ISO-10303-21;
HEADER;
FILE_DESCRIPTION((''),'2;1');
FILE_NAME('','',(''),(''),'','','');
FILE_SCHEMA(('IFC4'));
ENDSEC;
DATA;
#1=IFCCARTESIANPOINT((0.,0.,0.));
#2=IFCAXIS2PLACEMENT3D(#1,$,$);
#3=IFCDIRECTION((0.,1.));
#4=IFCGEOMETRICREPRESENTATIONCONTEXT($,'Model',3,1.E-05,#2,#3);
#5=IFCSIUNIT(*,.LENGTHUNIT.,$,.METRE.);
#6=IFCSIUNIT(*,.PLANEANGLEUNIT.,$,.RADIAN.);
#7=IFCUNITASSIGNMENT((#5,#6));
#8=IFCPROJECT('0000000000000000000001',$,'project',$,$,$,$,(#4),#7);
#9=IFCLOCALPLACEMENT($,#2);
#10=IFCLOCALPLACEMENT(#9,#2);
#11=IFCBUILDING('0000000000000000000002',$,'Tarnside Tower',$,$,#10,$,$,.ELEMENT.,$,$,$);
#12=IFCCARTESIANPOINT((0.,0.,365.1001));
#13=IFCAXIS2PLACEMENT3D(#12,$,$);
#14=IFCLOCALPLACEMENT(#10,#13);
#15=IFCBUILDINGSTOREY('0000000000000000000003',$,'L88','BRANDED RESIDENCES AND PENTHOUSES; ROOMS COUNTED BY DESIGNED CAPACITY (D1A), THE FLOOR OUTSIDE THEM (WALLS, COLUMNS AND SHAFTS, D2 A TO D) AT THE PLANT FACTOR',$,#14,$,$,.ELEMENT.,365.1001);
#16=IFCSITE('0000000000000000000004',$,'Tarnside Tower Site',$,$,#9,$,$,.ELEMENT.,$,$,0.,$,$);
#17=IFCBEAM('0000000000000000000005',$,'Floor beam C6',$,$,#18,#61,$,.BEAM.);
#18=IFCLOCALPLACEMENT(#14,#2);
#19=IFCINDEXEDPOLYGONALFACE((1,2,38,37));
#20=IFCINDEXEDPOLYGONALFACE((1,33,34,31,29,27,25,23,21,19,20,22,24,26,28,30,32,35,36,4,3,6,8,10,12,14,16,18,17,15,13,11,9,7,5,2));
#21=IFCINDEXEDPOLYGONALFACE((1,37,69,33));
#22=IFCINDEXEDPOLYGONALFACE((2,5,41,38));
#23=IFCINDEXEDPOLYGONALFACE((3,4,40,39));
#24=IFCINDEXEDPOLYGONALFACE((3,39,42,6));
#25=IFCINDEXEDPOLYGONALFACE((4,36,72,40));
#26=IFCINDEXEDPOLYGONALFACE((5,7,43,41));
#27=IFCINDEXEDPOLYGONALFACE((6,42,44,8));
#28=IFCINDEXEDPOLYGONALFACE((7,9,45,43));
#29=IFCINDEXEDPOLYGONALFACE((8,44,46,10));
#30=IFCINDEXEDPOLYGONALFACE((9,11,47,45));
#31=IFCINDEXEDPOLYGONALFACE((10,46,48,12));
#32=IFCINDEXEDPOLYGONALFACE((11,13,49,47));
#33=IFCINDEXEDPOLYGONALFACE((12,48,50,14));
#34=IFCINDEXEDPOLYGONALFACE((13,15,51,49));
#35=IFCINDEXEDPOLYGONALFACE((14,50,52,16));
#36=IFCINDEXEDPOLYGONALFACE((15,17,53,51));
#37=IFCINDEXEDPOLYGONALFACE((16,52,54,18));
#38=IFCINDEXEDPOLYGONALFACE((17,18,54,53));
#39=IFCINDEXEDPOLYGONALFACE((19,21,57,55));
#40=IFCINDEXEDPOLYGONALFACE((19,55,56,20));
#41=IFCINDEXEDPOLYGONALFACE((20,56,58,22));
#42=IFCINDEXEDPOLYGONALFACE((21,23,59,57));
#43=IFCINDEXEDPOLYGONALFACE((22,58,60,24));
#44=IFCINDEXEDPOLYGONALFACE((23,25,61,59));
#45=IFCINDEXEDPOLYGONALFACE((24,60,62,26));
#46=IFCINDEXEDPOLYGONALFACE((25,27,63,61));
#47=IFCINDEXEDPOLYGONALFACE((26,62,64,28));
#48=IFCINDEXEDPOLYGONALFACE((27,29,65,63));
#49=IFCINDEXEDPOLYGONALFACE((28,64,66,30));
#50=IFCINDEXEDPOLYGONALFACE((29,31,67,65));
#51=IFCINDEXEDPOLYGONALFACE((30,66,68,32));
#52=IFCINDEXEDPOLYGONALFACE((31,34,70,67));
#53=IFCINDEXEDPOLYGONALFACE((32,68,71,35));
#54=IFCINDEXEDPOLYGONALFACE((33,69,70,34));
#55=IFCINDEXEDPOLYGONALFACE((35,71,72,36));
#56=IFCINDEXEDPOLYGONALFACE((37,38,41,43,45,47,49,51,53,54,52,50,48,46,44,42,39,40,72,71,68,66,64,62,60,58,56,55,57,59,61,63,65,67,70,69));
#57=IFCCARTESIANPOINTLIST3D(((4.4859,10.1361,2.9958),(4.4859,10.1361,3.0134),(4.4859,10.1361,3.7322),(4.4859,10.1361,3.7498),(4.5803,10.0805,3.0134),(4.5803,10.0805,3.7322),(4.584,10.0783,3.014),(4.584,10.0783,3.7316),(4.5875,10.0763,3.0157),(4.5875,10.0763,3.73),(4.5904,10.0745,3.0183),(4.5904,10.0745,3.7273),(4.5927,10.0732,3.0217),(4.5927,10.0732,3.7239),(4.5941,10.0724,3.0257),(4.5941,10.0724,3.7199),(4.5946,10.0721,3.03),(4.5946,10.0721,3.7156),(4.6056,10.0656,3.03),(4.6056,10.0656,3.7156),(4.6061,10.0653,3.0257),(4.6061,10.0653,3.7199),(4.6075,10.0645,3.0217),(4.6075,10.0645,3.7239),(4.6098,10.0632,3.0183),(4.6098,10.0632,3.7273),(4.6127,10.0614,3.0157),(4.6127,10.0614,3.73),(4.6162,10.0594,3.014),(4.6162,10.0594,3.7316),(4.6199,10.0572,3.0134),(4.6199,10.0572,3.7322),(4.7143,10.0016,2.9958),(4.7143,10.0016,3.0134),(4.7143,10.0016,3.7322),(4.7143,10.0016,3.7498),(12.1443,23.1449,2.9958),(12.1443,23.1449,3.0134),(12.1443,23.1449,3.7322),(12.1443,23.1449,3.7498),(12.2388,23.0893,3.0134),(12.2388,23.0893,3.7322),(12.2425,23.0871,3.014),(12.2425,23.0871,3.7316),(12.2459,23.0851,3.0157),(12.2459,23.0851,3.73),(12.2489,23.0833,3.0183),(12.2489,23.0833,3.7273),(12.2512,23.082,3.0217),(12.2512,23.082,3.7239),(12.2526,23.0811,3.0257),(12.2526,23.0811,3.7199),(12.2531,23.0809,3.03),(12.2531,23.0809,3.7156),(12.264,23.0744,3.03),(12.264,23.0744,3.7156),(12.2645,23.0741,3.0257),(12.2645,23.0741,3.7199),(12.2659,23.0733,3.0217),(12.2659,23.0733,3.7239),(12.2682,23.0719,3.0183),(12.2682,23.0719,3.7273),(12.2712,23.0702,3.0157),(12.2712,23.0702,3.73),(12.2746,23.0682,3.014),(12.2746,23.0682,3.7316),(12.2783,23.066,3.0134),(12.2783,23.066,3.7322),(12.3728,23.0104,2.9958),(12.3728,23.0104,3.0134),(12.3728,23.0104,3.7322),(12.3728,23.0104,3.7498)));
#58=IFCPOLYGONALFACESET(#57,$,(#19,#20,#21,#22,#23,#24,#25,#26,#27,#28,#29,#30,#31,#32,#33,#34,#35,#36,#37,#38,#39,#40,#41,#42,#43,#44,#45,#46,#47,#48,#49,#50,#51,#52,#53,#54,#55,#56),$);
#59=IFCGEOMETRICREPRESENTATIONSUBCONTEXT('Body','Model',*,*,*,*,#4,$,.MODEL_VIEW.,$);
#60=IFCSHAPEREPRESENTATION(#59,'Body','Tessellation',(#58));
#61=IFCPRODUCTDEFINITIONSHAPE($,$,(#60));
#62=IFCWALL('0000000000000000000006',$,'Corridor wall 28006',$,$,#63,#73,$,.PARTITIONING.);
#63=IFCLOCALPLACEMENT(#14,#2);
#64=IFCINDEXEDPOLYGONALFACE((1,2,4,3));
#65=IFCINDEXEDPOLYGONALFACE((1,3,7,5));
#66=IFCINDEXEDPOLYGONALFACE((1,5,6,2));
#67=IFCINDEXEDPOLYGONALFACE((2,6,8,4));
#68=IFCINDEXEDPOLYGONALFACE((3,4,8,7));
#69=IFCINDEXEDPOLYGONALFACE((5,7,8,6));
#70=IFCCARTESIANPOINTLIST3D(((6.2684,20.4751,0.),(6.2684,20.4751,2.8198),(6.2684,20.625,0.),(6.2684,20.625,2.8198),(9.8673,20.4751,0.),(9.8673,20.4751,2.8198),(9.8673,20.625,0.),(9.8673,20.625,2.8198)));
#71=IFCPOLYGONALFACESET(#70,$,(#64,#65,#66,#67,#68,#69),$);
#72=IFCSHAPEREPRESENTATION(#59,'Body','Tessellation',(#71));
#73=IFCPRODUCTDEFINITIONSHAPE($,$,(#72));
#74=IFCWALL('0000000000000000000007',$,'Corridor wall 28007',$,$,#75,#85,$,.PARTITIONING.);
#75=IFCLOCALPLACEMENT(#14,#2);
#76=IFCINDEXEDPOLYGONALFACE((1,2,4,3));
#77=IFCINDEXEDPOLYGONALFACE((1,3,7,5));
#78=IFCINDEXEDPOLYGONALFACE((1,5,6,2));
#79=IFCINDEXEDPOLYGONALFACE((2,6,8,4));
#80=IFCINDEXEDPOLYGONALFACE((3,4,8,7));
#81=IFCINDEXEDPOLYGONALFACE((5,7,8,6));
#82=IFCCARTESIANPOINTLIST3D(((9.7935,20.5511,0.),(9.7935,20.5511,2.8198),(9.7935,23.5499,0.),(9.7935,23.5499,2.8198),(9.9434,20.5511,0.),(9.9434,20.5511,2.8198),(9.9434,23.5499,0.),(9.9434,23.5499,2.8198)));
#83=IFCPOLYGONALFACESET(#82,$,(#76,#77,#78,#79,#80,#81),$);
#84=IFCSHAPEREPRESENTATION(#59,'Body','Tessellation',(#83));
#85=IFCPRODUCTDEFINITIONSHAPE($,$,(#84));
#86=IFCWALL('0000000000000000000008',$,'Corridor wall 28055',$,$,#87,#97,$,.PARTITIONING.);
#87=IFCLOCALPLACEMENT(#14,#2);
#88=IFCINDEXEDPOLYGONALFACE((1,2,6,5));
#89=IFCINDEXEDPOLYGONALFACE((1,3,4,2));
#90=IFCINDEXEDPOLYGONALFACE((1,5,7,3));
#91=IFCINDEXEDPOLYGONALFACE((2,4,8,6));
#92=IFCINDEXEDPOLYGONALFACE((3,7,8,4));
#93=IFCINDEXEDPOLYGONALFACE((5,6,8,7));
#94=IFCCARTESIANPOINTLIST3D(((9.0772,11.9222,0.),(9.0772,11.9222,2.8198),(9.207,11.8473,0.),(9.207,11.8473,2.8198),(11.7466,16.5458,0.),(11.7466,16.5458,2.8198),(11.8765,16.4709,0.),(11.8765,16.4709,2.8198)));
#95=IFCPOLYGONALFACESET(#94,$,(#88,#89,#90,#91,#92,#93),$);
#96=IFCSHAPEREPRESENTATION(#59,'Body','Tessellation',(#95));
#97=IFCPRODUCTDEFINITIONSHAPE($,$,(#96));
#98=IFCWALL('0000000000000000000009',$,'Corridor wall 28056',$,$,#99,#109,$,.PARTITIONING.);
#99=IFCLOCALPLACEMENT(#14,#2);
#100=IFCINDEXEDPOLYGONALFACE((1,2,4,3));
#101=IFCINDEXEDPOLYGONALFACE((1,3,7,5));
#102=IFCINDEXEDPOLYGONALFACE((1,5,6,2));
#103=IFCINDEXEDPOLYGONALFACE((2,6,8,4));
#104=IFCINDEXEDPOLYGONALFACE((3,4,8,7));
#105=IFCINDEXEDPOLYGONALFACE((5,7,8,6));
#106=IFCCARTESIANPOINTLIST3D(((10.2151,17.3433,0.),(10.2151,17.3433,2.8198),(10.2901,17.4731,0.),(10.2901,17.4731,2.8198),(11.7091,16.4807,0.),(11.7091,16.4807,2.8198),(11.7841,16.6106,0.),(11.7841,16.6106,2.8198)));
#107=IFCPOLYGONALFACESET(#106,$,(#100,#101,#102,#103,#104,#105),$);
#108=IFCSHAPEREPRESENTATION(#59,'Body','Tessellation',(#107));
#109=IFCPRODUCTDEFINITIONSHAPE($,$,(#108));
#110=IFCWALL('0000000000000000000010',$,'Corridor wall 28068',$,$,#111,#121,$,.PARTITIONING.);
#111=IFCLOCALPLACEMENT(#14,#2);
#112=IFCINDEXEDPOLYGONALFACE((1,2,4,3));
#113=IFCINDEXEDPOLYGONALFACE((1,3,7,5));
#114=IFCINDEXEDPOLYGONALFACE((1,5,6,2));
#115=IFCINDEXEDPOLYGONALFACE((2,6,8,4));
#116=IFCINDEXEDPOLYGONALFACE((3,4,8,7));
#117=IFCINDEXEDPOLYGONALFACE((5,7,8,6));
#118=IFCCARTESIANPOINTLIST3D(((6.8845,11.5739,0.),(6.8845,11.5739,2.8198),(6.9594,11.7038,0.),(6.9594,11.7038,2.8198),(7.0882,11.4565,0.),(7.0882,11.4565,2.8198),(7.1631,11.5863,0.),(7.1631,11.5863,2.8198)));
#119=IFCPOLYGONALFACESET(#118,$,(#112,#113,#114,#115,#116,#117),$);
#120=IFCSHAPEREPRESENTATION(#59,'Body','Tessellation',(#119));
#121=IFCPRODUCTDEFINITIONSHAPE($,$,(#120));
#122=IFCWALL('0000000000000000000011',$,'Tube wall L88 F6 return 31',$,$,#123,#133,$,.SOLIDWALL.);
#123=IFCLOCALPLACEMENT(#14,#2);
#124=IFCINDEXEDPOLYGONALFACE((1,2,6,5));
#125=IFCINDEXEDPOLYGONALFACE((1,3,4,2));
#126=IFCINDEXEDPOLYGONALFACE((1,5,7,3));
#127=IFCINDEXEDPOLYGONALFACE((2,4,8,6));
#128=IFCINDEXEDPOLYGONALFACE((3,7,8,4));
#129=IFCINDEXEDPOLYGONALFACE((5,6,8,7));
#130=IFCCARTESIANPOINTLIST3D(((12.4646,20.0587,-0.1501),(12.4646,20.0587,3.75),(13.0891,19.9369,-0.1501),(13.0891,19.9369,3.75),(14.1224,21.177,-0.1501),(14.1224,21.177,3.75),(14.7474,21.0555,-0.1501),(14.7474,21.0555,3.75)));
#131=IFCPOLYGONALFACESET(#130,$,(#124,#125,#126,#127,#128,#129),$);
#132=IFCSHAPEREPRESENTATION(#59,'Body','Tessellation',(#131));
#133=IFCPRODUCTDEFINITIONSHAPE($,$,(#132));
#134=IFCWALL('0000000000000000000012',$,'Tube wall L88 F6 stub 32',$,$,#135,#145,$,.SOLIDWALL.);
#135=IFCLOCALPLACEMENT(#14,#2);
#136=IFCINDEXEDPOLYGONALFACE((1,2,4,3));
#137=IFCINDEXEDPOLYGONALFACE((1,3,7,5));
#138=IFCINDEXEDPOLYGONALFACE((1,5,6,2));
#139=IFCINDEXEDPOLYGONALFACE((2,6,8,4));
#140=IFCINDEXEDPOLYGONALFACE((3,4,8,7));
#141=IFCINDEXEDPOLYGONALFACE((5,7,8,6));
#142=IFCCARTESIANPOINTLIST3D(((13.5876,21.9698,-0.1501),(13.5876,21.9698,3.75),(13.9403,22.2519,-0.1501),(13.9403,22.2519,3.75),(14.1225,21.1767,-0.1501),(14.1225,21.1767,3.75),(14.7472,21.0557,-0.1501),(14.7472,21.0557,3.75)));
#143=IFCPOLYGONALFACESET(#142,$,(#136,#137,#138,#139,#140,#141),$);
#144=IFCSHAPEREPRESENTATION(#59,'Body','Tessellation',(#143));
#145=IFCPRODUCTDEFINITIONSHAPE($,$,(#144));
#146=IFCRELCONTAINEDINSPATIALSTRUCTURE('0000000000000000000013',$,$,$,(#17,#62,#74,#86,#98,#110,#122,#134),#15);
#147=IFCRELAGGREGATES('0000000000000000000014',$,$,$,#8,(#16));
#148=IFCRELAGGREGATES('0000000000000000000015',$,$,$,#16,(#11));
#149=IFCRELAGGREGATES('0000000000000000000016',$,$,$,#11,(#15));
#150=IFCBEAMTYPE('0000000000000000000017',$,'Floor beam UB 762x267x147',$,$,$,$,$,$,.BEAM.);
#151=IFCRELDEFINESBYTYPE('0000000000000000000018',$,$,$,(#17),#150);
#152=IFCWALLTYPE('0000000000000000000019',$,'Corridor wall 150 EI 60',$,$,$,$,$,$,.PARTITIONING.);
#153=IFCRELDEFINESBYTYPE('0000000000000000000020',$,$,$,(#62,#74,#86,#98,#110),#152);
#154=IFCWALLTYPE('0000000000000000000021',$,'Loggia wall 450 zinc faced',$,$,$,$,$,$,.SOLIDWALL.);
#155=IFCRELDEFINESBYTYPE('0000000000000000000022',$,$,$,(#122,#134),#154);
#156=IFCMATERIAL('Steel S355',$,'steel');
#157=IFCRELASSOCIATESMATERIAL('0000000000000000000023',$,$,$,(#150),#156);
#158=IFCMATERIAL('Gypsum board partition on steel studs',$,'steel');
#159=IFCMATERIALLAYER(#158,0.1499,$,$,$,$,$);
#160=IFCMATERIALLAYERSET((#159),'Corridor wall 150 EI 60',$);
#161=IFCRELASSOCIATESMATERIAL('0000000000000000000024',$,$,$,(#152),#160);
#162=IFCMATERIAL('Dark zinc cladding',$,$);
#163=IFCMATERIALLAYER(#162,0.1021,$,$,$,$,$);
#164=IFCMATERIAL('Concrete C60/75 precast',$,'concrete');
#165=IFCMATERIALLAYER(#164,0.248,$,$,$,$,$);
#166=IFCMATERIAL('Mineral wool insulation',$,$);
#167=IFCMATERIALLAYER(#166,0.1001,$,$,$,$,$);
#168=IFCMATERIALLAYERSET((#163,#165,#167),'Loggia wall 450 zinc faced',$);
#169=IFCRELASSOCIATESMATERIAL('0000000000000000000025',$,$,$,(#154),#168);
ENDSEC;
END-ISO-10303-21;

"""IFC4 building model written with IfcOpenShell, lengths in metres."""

from ifc_helpers import new_model, si_unit, direction, frame, frame_2d, origin, origin_2d, place, context, subcontext, project, spatial, polyline, rectangle, i_section, outline, extrude, material, layer, layer_set, material_profile, profile_set, type_object, element, save


model = new_model("IFC4")

# Units and contexts
model_context = context("Model", 3, precision=1e-05, world=origin(), true_north=direction((0.0, 1.0)))
body_context = subcontext(model_context, "Body", "Model", "MODEL_VIEW")
ifc_project = project(units=[si_unit("LENGTHUNIT", "METRE"), si_unit("PLANEANGLEUNIT", "RADIAN")], contexts=[model_context])

# Site, building, storey
site_placement = place(None, origin())
site = spatial("IfcSite", under=ifc_project, at=site_placement, Name="Tarnside Tower Site", CompositionType="ELEMENT", RefElevation=0.0)
building_placement = place(site_placement, origin())
building = spatial("IfcBuilding", under=site, at=building_placement, Name="Tarnside Tower", CompositionType="ELEMENT")
storey_placement = place(building_placement, frame((0.0, 0.0, 365.1001)))
storey = spatial("IfcBuildingStorey", under=building, at=storey_placement, Name="L88", Description="BRANDED RESIDENCES AND PENTHOUSES; ROOMS COUNTED BY DESIGNED CAPACITY (D1A), THE FLOOR OUTSIDE THEM (WALLS, COLUMNS AND SHAFTS, D2 A TO D) AT THE PLANT FACTOR", CompositionType="ELEMENT", Elevation=365.1001)

# Beam
ifc_material_1 = material(Name="Steel S355", Category="steel")
ifc_material_profile_1 = material_profile(ifc_material_1, i_section(OverallWidth=0.2651, OverallDepth=0.7539, WebThickness=0.0127, FlangeThickness=0.0176, FilletRadius=0.0166, at=origin_2d()), Name="UB 762x267x147")
ifc_profile_set_1 = profile_set([ifc_material_profile_1], Name="Steel S355")
beam_type_1 = type_object("IfcBeamType", Name="Floor beam UB 762x267x147", PredefinedType="BEAM", material=ifc_profile_set_1)
beam_1_placement = place(storey_placement, frame((12.2585, 23.0776, 3.3728), z_axis=(-0.507326, -0.861754, 0.0), x_axis=(0.861754, -0.507326, 0.0)))
element("IfcBeam", 1, at=beam_1_placement, inside=storey, type_object=beam_type_1, Name="Floor beam C6", PredefinedType="BEAM", context=body_context, shape_type="SweptSolid", body=[
    extrude(i_section(OverallWidth=0.2651, OverallDepth=0.7539, WebThickness=0.0127, FlangeThickness=0.0176, FilletRadius=0.0166, at=origin_2d()), origin(), (0.0, 0.0, 1.0), 15.0957),
])

# Walls
ifc_material_2 = material(Name="Gypsum board partition on steel studs", Category="steel")
ifc_layer_1 = layer(ifc_material_2, 0.1499)
ifc_layer_set_1 = layer_set([ifc_layer_1], Name="Corridor wall 150 EI 60")
wall_type_1 = type_object("IfcWallType", Name="Corridor wall 150 EI 60", PredefinedType="PARTITIONING", material=ifc_layer_set_1)
wall_1_placement = place(storey_placement, frame((9.8672, 20.55, 0.0), z_axis=(0.0, 0.0, 1.0), x_axis=(-1.0, 0.0, 0.0)))
element("IfcWall", 2, at=wall_1_placement, inside=storey, type_object=wall_type_1, Name="Corridor wall 28006", PredefinedType="PARTITIONING", context=body_context, shape_type="SweptSolid", body=[
    extrude(rectangle(XDim=3.5989, YDim=0.1499, at=frame_2d((1.7993, 0.0))), origin(), (0.0, 0.0, 1.0), 2.8198),
])
wall_2_placement = place(storey_placement, frame((9.8684, 23.55, 0.0), z_axis=(0.0, 0.0, 1.0), x_axis=(0.0, -1.0, 0.0)))
element("IfcWall", 3, at=wall_2_placement, inside=storey, type_object=wall_type_1, Name="Corridor wall 28007", PredefinedType="PARTITIONING", context=body_context, shape_type="SweptSolid", body=[
    extrude(rectangle(XDim=2.9988, YDim=0.1499, at=frame_2d((1.4995, 0.0))), origin(), (0.0, 0.0, 1.0), 2.8198),
])
wall_3_placement = place(storey_placement, frame((9.1421, 11.8848, 0.0), z_axis=(0.0, 0.0, 1.0), x_axis=(0.500005, 0.866023, 0.0)))
element("IfcWall", 4, at=wall_3_placement, inside=storey, type_object=wall_type_1, Name="Corridor wall 28055", PredefinedType="PARTITIONING", context=body_context, shape_type="SweptSolid", body=[
    extrude(rectangle(XDim=5.3389, YDim=0.1499, at=frame_2d((2.6694, 0.0))), origin(), (0.0, 0.0, 1.0), 2.8198),
])
wall_4_placement = place(storey_placement, frame((11.7466, 16.5457, 0.0), z_axis=(0.0, 0.0, 1.0), x_axis=(-0.866014, 0.500021, 0.0)))
element("IfcWall", 5, at=wall_4_placement, inside=storey, type_object=wall_type_1, Name="Corridor wall 28056", PredefinedType="PARTITIONING", context=body_context, shape_type="SweptSolid", body=[
    extrude(rectangle(XDim=1.7251, YDim=0.1499, at=frame_2d((0.8625, 0.0))), origin(), (0.0, 0.0, 1.0), 2.8198),
])
wall_5_placement = place(storey_placement, frame((6.9219, 11.6389, 0.0), z_axis=(0.0, 0.0, 1.0), x_axis=(0.866255, -0.499603, 0.0)))
element("IfcWall", 6, at=wall_5_placement, inside=storey, type_object=wall_type_1, Name="Corridor wall 28068", PredefinedType="PARTITIONING", context=body_context, shape_type="SweptSolid", body=[
    extrude(rectangle(XDim=0.2351, YDim=0.1499, at=frame_2d((0.1177, 0.0))), origin(), (0.0, 0.0, 1.0), 2.8198),
])
ifc_material_3 = material(Name="Dark zinc cladding")
ifc_layer_2 = layer(ifc_material_3, 0.1021)
ifc_material_4 = material(Name="Concrete C60/75 precast", Category="concrete")
ifc_layer_3 = layer(ifc_material_4, 0.248)
ifc_material_5 = material(Name="Mineral wool insulation")
ifc_layer_4 = layer(ifc_material_5, 0.1001)
ifc_layer_set_2 = layer_set([ifc_layer_2, ifc_layer_3, ifc_layer_4], Name="Loggia wall 450 zinc faced")
wall_type_2 = type_object("IfcWallType", Name="Loggia wall 450 zinc faced", PredefinedType="SOLIDWALL", material=ifc_layer_set_2)
wall_6_placement = place(storey_placement, frame((12.7769, 19.9978, -0.1501), z_axis=(0.0, 0.0, 1.0), x_axis=(0.829014, 0.559228, 0.0)))
element("IfcWall", 7, at=wall_6_placement, inside=storey, type_object=wall_type_2, Name="Tube wall L88 F6 return 31", PredefinedType="SOLIDWALL", context=body_context, shape_type="SweptSolid", body=[
    extrude(outline(polyline([(0.2249, -0.2251), (2.2251, -0.2251), (1.7749, 0.2251), (-0.2249, 0.2251), (0.2249, -0.2251)])), origin(), (0.0, 0.0, 1.0), 3.9001),
])
wall_7_placement = place(storey_placement, frame((14.4348, 21.1162, -0.1501), z_axis=(0.0, 0.0, 1.0), x_axis=(-0.5592, 0.829033, 0.0)))
element("IfcWall", 8, at=wall_7_placement, inside=storey, type_object=wall_type_2, Name="Tube wall L88 F6 stub 32", PredefinedType="SOLIDWALL", context=body_context, shape_type="SweptSolid", body=[
    extrude(outline(polyline([(-0.2249, -0.2251), (1.218, -0.2251), (1.1814, 0.2251), (0.2249, 0.2251), (-0.2249, -0.2251)])), origin(), (0.0, 0.0, 1.0), 3.9001),
])

save(model, "model.ifc")
